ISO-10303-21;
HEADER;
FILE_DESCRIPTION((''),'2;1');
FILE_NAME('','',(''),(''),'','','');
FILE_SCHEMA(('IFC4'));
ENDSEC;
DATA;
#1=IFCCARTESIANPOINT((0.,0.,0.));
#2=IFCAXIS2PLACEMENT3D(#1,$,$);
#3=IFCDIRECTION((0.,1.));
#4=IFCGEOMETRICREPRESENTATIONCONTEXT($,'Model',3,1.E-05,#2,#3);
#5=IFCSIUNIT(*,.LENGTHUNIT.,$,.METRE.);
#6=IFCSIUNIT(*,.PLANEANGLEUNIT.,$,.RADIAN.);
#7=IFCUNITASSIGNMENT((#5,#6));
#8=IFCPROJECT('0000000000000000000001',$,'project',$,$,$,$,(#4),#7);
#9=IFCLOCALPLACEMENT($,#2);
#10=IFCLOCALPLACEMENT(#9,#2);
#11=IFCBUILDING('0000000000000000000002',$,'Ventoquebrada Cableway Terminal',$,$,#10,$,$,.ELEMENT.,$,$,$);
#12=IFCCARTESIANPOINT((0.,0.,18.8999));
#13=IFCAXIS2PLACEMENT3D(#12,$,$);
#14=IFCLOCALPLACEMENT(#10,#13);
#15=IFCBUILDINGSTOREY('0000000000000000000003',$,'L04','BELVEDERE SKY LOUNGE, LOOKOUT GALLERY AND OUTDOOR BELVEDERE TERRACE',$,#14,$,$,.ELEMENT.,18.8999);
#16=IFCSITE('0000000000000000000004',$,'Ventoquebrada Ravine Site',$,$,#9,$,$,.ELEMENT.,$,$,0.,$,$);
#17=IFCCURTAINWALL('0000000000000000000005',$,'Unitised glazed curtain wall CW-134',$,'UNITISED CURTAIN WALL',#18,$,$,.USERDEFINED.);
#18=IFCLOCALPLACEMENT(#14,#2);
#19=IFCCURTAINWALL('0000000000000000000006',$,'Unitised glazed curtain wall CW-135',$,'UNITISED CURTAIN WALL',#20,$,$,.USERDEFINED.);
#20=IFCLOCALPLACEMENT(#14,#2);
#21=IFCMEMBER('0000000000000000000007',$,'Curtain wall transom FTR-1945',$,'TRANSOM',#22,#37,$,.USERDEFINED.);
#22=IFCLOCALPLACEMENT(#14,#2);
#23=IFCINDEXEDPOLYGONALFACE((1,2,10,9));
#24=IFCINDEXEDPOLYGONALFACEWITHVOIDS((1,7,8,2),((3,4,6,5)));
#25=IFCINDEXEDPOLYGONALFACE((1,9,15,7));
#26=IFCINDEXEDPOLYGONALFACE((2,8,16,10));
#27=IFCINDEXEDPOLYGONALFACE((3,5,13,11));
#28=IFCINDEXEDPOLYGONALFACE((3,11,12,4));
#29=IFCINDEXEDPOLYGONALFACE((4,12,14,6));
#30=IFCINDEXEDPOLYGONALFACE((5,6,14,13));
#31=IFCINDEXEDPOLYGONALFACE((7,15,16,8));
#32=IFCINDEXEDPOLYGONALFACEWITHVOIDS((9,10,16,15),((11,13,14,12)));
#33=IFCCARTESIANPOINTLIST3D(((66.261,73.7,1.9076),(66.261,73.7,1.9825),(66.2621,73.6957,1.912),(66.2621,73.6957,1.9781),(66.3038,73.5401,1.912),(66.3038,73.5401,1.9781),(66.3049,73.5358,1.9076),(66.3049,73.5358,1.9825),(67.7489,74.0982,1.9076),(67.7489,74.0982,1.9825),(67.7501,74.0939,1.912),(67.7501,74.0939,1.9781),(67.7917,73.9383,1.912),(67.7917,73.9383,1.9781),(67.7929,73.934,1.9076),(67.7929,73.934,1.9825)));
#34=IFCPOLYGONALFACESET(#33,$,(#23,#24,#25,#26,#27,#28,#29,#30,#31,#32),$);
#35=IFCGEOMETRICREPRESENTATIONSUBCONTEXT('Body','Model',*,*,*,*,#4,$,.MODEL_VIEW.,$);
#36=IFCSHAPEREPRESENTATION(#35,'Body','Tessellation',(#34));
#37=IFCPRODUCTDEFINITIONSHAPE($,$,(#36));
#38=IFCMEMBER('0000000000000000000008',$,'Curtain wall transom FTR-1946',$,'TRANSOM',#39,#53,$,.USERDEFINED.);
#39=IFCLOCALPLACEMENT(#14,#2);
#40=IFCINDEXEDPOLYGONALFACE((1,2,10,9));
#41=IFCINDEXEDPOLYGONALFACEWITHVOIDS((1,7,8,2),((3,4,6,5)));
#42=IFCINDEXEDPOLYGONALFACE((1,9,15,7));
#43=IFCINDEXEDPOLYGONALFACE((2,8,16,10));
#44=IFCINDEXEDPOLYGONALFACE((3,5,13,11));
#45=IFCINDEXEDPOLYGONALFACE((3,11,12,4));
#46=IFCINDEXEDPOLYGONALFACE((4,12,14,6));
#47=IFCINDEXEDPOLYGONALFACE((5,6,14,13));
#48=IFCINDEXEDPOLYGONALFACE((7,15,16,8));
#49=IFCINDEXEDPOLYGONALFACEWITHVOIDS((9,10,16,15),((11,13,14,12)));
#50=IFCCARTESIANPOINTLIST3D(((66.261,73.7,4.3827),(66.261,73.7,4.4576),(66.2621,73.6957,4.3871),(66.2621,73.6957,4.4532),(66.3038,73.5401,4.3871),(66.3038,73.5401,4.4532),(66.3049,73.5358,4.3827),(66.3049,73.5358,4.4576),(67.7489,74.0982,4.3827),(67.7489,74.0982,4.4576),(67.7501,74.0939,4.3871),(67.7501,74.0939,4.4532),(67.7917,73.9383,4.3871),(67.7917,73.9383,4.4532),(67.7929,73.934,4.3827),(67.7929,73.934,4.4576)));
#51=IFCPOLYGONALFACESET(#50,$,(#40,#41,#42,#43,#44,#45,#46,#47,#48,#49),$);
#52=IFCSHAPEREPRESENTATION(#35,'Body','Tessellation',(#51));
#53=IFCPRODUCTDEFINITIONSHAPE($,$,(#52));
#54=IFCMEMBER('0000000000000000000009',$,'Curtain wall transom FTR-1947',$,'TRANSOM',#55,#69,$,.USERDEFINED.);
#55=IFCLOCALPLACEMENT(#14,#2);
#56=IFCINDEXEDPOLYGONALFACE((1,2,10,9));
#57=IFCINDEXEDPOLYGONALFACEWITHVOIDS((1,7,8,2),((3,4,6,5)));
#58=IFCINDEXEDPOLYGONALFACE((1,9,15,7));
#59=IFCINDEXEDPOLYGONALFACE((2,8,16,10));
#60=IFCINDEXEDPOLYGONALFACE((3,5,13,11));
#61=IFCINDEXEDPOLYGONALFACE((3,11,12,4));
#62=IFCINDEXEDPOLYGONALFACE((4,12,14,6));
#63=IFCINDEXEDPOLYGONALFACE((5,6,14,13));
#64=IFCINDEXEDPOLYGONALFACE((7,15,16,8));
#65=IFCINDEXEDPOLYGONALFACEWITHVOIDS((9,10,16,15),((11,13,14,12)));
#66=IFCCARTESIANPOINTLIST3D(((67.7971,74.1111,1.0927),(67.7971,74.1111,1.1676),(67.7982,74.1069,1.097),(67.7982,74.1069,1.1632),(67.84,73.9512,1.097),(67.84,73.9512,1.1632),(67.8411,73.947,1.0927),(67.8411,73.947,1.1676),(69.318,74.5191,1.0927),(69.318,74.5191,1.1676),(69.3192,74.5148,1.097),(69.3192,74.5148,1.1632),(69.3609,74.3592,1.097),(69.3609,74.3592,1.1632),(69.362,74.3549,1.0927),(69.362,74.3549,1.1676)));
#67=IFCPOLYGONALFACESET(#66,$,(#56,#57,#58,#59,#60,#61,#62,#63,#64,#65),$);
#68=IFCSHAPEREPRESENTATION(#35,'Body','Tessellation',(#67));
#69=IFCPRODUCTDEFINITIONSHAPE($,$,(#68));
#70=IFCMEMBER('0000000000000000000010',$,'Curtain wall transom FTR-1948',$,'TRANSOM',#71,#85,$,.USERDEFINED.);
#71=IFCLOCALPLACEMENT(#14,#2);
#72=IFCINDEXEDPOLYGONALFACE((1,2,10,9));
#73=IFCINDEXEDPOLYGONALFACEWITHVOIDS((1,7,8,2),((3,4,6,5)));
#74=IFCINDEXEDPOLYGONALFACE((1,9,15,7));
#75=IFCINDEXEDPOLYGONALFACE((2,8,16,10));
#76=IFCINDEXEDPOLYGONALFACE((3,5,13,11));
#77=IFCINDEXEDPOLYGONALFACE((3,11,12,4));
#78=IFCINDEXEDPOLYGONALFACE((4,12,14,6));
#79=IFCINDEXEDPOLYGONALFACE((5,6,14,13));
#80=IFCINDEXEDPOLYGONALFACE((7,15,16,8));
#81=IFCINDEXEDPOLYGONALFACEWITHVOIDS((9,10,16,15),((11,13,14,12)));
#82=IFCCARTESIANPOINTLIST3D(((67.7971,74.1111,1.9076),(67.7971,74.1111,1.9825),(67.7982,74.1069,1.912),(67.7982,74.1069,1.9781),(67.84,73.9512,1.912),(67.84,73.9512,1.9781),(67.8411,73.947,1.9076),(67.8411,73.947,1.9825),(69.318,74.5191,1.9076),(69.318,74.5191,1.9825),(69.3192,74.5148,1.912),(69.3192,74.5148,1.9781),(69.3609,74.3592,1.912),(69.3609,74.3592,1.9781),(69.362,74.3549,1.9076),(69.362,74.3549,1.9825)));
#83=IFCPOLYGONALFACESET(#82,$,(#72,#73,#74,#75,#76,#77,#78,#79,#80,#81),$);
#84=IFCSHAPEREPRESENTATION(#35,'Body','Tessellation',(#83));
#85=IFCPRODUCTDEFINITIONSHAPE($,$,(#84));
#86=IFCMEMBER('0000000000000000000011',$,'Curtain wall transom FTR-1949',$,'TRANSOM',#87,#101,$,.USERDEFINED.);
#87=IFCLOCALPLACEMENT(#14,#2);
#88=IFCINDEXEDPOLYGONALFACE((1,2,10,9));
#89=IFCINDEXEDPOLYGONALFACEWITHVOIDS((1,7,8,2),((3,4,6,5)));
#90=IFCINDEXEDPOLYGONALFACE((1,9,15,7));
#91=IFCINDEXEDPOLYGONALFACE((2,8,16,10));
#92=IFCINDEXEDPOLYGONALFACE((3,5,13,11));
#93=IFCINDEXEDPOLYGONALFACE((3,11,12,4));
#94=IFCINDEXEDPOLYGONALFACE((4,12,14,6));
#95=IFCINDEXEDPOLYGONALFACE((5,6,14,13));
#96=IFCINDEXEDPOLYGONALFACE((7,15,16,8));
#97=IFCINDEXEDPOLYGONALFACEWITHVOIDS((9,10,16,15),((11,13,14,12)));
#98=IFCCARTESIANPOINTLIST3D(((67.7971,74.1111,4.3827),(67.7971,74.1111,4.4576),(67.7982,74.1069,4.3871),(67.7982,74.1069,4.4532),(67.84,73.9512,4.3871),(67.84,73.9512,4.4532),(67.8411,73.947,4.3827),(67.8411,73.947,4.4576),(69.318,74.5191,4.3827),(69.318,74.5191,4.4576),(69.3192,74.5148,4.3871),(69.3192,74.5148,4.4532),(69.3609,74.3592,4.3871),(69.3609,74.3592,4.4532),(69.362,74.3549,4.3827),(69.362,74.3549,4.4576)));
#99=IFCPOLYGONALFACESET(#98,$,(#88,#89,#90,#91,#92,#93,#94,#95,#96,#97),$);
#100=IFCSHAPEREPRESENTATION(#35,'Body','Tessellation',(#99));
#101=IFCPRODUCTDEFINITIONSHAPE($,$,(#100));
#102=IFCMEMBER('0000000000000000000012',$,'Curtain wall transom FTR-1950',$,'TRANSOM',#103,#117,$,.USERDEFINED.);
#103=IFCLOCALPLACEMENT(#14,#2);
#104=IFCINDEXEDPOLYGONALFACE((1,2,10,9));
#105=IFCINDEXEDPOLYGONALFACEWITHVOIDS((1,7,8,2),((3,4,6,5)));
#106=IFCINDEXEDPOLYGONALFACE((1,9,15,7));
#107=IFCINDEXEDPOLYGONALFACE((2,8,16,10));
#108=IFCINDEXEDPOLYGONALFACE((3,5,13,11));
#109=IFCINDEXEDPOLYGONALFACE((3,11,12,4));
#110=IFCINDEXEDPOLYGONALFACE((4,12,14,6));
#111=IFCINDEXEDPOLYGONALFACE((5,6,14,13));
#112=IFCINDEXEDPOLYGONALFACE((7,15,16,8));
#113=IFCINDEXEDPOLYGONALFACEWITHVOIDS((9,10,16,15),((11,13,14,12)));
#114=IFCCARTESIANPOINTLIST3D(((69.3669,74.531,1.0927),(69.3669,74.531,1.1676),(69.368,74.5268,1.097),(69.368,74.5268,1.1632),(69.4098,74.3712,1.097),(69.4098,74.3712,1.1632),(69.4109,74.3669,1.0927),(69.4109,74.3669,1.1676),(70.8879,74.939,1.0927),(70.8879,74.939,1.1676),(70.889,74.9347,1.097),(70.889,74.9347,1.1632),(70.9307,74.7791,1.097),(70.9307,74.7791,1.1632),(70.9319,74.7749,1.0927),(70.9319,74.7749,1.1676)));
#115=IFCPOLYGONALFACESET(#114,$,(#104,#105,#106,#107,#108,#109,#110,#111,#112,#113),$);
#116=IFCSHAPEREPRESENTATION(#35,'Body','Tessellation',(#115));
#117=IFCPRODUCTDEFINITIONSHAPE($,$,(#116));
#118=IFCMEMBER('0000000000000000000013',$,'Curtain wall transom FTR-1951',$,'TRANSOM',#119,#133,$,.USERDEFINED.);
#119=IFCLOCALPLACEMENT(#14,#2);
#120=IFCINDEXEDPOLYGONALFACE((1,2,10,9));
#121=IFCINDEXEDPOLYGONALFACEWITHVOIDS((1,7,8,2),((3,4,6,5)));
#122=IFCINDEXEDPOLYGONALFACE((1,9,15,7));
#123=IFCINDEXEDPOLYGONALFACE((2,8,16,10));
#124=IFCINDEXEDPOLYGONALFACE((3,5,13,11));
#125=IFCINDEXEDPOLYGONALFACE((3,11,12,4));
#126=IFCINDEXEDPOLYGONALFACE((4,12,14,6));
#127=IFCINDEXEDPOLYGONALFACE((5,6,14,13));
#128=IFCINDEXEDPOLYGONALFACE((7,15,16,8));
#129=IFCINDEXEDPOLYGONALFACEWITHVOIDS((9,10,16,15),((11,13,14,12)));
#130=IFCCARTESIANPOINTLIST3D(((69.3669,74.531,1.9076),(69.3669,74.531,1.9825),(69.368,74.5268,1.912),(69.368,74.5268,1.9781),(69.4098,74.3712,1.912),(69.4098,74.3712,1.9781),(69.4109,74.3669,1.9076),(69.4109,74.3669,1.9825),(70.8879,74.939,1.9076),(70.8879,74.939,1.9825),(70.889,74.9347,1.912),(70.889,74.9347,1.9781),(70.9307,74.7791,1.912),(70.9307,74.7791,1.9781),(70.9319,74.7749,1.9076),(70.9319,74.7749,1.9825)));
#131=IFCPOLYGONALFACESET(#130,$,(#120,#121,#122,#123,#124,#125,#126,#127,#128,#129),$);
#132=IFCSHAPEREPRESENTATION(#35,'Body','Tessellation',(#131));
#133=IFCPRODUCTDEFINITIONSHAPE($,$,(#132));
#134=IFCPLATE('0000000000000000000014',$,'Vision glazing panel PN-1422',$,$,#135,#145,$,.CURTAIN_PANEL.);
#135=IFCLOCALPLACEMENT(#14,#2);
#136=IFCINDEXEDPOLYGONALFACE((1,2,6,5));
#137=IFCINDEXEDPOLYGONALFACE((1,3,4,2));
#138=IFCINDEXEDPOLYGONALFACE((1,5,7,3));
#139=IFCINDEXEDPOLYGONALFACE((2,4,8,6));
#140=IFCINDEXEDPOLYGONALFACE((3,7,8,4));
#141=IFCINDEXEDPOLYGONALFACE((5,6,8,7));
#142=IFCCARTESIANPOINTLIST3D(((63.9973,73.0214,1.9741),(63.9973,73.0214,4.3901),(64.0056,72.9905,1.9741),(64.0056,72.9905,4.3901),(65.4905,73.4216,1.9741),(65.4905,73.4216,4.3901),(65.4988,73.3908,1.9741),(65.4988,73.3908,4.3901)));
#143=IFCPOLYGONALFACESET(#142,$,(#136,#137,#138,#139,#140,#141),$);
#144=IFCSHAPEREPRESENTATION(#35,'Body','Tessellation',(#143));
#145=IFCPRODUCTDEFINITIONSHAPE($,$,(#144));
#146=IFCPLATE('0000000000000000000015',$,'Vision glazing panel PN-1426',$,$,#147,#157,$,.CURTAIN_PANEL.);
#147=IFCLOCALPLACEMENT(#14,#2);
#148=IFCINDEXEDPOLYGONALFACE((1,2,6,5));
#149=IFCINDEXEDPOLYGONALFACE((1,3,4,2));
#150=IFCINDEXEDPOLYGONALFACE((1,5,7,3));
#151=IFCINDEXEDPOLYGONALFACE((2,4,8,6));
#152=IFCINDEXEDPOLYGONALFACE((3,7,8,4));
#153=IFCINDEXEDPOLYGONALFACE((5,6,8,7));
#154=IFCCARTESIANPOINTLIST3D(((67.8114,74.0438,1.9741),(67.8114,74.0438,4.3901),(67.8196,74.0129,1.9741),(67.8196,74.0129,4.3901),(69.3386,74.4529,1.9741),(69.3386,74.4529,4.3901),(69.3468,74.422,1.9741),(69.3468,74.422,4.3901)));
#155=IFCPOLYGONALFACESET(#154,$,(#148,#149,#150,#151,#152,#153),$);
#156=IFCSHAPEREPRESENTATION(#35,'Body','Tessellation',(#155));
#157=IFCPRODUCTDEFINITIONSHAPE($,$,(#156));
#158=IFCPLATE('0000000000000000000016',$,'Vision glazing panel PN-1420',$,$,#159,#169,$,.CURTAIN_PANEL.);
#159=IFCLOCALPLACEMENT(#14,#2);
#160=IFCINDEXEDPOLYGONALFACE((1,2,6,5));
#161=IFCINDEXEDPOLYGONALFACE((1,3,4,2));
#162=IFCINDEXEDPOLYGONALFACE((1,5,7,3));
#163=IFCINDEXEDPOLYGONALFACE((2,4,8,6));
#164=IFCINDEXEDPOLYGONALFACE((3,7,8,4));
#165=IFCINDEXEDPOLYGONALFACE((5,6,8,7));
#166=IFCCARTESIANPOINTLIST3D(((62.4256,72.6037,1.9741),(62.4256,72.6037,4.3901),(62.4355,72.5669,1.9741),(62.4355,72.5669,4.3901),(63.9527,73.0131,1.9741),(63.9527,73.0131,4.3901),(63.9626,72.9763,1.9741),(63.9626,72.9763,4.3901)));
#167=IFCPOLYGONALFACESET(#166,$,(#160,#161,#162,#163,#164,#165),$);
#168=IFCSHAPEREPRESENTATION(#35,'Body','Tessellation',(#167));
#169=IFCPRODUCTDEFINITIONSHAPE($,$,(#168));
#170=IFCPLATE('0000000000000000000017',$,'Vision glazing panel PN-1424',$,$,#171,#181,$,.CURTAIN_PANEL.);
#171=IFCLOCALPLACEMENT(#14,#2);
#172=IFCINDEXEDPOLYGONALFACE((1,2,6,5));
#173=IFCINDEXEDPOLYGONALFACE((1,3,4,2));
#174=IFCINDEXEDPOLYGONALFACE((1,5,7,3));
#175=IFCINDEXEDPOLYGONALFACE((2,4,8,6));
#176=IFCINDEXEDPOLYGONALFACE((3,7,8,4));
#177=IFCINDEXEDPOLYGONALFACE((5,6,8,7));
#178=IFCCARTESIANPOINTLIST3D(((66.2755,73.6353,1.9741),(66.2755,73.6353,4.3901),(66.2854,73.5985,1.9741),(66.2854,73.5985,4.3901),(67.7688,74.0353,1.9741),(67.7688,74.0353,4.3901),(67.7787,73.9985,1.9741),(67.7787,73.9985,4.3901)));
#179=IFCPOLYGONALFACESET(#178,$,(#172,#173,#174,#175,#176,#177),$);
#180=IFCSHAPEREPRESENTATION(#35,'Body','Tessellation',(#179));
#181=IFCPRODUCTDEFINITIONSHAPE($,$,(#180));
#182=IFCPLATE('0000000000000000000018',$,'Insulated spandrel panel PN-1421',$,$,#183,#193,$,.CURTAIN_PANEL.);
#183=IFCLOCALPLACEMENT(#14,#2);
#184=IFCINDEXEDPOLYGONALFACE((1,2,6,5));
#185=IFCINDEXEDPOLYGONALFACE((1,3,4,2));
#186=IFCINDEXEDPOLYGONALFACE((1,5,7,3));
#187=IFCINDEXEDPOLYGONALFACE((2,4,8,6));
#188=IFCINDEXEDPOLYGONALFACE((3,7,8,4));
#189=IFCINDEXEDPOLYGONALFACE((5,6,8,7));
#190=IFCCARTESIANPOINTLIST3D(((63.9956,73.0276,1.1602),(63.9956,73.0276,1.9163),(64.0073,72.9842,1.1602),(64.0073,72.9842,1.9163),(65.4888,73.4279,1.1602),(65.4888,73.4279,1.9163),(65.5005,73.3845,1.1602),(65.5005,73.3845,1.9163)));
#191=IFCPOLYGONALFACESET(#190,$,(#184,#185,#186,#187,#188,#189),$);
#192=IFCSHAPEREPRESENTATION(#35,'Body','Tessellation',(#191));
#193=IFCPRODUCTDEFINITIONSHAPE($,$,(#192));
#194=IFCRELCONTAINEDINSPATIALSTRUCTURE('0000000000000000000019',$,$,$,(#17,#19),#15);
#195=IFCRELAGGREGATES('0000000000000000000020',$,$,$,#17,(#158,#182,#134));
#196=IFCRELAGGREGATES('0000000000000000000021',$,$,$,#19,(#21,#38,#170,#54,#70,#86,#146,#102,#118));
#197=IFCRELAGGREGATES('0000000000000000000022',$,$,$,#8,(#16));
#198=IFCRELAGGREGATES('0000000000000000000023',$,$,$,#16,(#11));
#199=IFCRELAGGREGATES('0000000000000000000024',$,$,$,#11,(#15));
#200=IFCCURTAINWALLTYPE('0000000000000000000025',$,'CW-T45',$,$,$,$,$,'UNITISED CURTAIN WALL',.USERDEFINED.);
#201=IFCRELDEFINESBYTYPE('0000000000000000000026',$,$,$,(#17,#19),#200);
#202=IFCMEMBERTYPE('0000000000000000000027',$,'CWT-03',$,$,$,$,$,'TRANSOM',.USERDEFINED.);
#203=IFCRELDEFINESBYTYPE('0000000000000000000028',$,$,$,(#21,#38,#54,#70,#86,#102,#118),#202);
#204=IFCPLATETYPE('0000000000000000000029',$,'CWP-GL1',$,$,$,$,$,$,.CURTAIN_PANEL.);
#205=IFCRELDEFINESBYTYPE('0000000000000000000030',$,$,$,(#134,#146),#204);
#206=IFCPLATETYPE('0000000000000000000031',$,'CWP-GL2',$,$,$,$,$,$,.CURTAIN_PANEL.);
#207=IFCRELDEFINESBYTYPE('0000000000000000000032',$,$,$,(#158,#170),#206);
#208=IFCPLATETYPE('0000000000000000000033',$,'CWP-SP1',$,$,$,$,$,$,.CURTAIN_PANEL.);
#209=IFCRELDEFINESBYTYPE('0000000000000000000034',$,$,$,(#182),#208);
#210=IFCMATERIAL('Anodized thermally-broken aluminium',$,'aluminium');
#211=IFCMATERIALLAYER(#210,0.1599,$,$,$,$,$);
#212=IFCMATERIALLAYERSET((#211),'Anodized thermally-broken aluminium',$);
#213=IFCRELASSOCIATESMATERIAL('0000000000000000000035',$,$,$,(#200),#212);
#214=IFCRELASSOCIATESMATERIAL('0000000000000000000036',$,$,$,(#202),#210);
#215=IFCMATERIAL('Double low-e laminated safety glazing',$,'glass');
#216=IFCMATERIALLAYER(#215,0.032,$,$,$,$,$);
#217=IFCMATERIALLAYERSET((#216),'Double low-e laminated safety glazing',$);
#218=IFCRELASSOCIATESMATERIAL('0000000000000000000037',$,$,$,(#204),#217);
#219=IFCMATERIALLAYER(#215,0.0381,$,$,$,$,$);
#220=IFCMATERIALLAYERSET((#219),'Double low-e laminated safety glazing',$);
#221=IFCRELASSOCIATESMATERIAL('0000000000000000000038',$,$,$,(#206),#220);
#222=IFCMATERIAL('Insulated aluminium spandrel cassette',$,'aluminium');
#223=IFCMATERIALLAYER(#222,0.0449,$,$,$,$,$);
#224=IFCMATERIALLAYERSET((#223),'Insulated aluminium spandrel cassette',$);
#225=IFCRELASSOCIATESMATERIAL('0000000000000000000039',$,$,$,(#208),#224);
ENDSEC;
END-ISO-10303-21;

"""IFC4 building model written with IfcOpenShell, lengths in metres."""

from ifc_helpers import new_model, si_unit, direction, frame, origin, origin_2d, place, context, subcontext, project, spatial, rectangle, hollow_rectangle, extrude, material, layer, layer_set, material_profile, profile_set, type_object, element, aggregate, save


model = new_model("IFC4")

# Units and contexts
model_context = context("Model", 3, precision=1e-05, world=origin(), true_north=direction((0.0, 1.0)))
body_context = subcontext(model_context, "Body", "Model", "MODEL_VIEW")
ifc_project = project(units=[si_unit("LENGTHUNIT", "METRE"), si_unit("PLANEANGLEUNIT", "RADIAN")], contexts=[model_context])

# Site, building, storey
site_placement = place(None, origin())
site = spatial("IfcSite", under=ifc_project, at=site_placement, Name="Ventoquebrada Ravine Site", CompositionType="ELEMENT", RefElevation=0.0)
building_placement = place(site_placement, origin())
building = spatial("IfcBuilding", under=site, at=building_placement, Name="Ventoquebrada Cableway Terminal", CompositionType="ELEMENT")
storey_placement = place(building_placement, frame((0.0, 0.0, 18.8999)))
storey = spatial("IfcBuildingStorey", under=building, at=storey_placement, Name="L04", Description="BELVEDERE SKY LOUNGE, LOOKOUT GALLERY AND OUTDOOR BELVEDERE TERRACE", CompositionType="ELEMENT", Elevation=18.8999)

# Curtain walls
ifc_material_1 = material(Name="Anodized thermally-broken aluminium", Category="aluminium")
ifc_layer_1 = layer(ifc_material_1, 0.1599)
ifc_layer_set_1 = layer_set([ifc_layer_1], Name="Anodized thermally-broken aluminium")
curtain_wall_type = type_object("IfcCurtainWallType", Name="CW-T45", ElementType="UNITISED CURTAIN WALL", PredefinedType="USERDEFINED", material=ifc_layer_set_1)
curtain_wall_1_placement = place(storey_placement, origin())
curtain_wall_1 = element("IfcCurtainWall", 1, at=curtain_wall_1_placement, inside=storey, type_object=curtain_wall_type, Name="Unitised glazed curtain wall CW-134", ObjectType="UNITISED CURTAIN WALL", PredefinedType="USERDEFINED")
curtain_wall_2_placement = place(storey_placement, origin())
curtain_wall_2 = element("IfcCurtainWall", 2, at=curtain_wall_2_placement, inside=storey, type_object=curtain_wall_type, Name="Unitised glazed curtain wall CW-135", ObjectType="UNITISED CURTAIN WALL", PredefinedType="USERDEFINED")

# Members
ifc_material_profile_1 = material_profile(ifc_material_1, hollow_rectangle(XDim=0.075, YDim=0.1699, WallThickness=0.0044, at=origin_2d()), Name="CW-TRN-75X170")
ifc_profile_set_1 = profile_set([ifc_material_profile_1], Name="Anodized thermally-broken aluminium")
member_type_1 = type_object("IfcMemberType", Name="CWT-03", ElementType="TRANSOM", PredefinedType="USERDEFINED", material=ifc_profile_set_1)
member_1_placement = place(storey_placement, frame((66.283, 73.6179, 1.9451), z_axis=(0.966011, 0.258501, 0.0), x_axis=(0.0, 0.0, 1.0)))
member_1 = element("IfcMember", 3, at=member_1_placement, type_object=member_type_1, Name="Curtain wall transom FTR-1945", ObjectType="TRANSOM", PredefinedType="USERDEFINED", context=body_context, shape_type="SweptSolid", body=[
    extrude(hollow_rectangle(XDim=0.075, YDim=0.1699, WallThickness=0.0044, at=origin_2d()), origin(), (0.0, 0.0, 1.0), 1.5403),
])
member_2_placement = place(storey_placement, frame((66.283, 73.6179, 4.4202), z_axis=(0.966011, 0.258501, 0.0), x_axis=(0.0, 0.0, 1.0)))
member_2 = element("IfcMember", 4, at=member_2_placement, type_object=member_type_1, Name="Curtain wall transom FTR-1946", ObjectType="TRANSOM", PredefinedType="USERDEFINED", context=body_context, shape_type="SweptSolid", body=[
    extrude(hollow_rectangle(XDim=0.075, YDim=0.1699, WallThickness=0.0044, at=origin_2d()), origin(), (0.0, 0.0, 1.0), 1.5403),
])
member_3_placement = place(storey_placement, frame((67.8191, 74.0291, 1.1301), z_axis=(0.965861, 0.259062, 0.0), x_axis=(0.0, 0.0, 1.0)))
member_3 = element("IfcMember", 5, at=member_3_placement, type_object=member_type_1, Name="Curtain wall transom FTR-1947", ObjectType="TRANSOM", PredefinedType="USERDEFINED", context=body_context, shape_type="SweptSolid", body=[
    extrude(hollow_rectangle(XDim=0.075, YDim=0.1699, WallThickness=0.0044, at=origin_2d()), origin(), (0.0, 0.0, 1.0), 1.5747),
])
member_4_placement = place(storey_placement, frame((67.8191, 74.0291, 1.9451), z_axis=(0.965861, 0.259062, 0.0), x_axis=(0.0, 0.0, 1.0)))
member_4 = element("IfcMember", 6, at=member_4_placement, type_object=member_type_1, Name="Curtain wall transom FTR-1948", ObjectType="TRANSOM", PredefinedType="USERDEFINED", context=body_context, shape_type="SweptSolid", body=[
    extrude(hollow_rectangle(XDim=0.075, YDim=0.1699, WallThickness=0.0044, at=origin_2d()), origin(), (0.0, 0.0, 1.0), 1.5747),
])
member_5_placement = place(storey_placement, frame((67.8191, 74.0291, 4.4202), z_axis=(0.965861, 0.259062, 0.0), x_axis=(0.0, 0.0, 1.0)))
member_5 = element("IfcMember", 7, at=member_5_placement, type_object=member_type_1, Name="Curtain wall transom FTR-1949", ObjectType="TRANSOM", PredefinedType="USERDEFINED", context=body_context, shape_type="SweptSolid", body=[
    extrude(hollow_rectangle(XDim=0.075, YDim=0.1699, WallThickness=0.0044, at=origin_2d()), origin(), (0.0, 0.0, 1.0), 1.5747),
])
member_6_placement = place(storey_placement, frame((69.3889, 74.449, 1.1301), z_axis=(0.965861, 0.259062, 0.0), x_axis=(0.0, 0.0, 1.0)))
member_6 = element("IfcMember", 8, at=member_6_placement, type_object=member_type_1, Name="Curtain wall transom FTR-1950", ObjectType="TRANSOM", PredefinedType="USERDEFINED", context=body_context, shape_type="SweptSolid", body=[
    extrude(hollow_rectangle(XDim=0.075, YDim=0.1699, WallThickness=0.0044, at=origin_2d()), origin(), (0.0, 0.0, 1.0), 1.5747),
])
member_7_placement = place(storey_placement, frame((69.3889, 74.449, 1.9451), z_axis=(0.965861, 0.259062, 0.0), x_axis=(0.0, 0.0, 1.0)))
member_7 = element("IfcMember", 9, at=member_7_placement, type_object=member_type_1, Name="Curtain wall transom FTR-1951", ObjectType="TRANSOM", PredefinedType="USERDEFINED", context=body_context, shape_type="SweptSolid", body=[
    extrude(hollow_rectangle(XDim=0.075, YDim=0.1699, WallThickness=0.0044, at=origin_2d()), origin(), (0.0, 0.0, 1.0), 1.5747),
])

# Plates
ifc_material_2 = material(Name="Double low-e laminated safety glazing", Category="glass")
ifc_layer_2 = layer(ifc_material_2, 0.032)
ifc_layer_set_2 = layer_set([ifc_layer_2], Name="Double low-e laminated safety glazing")
plate_type_1 = type_object("IfcPlateType", Name="CWP-GL1", PredefinedType="CURTAIN_PANEL", material=ifc_layer_set_2)
plate_1_placement = place(storey_placement, frame((64.748, 73.2061, 1.9741), z_axis=(0.0, 0.0, 1.0), x_axis=(0.965894, 0.258937, 0.0)))
plate_1 = element("IfcPlate", 10, at=plate_1_placement, type_object=plate_type_1, Name="Vision glazing panel PN-1422", PredefinedType="CURTAIN_PANEL", context=body_context, shape_type="SweptSolid", body=[
    extrude(rectangle(XDim=1.5459, YDim=0.032, at=origin_2d()), origin(), (0.0, 0.0, 1.0), 2.416),
])
plate_2_placement = place(storey_placement, frame((68.5791, 74.2329, 1.9741), z_axis=(0.0, 0.0, 1.0), x_axis=(0.965944, 0.258752, 0.0)))
plate_2 = element("IfcPlate", 11, at=plate_2_placement, type_object=plate_type_1, Name="Vision glazing panel PN-1426", PredefinedType="CURTAIN_PANEL", context=body_context, shape_type="SweptSolid", body=[
    extrude(rectangle(XDim=1.5811, YDim=0.032, at=origin_2d()), origin(), (0.0, 0.0, 1.0), 2.416),
])
ifc_layer_3 = layer(ifc_material_2, 0.0381)
ifc_layer_set_3 = layer_set([ifc_layer_3], Name="Double low-e laminated safety glazing")
plate_type_2 = type_object("IfcPlateType", Name="CWP-GL2", PredefinedType="CURTAIN_PANEL", material=ifc_layer_set_3)
plate_3_placement = place(storey_placement, frame((63.1941, 72.79, 1.9741), z_axis=(0.0, 0.0, 1.0), x_axis=(0.965894, 0.258937, 0.0)))
plate_3 = element("IfcPlate", 12, at=plate_3_placement, type_object=plate_type_2, Name="Vision glazing panel PN-1420", PredefinedType="CURTAIN_PANEL", context=body_context, shape_type="SweptSolid", body=[
    extrude(rectangle(XDim=1.5811, YDim=0.0381, at=origin_2d()), origin(), (0.0, 0.0, 1.0), 2.416),
])
plate_4_placement = place(storey_placement, frame((67.0271, 73.8169, 1.9741), z_axis=(0.0, 0.0, 1.0), x_axis=(0.965944, 0.258752, 0.0)))
plate_4 = element("IfcPlate", 13, at=plate_4_placement, type_object=plate_type_2, Name="Vision glazing panel PN-1424", PredefinedType="CURTAIN_PANEL", context=body_context, shape_type="SweptSolid", body=[
    extrude(rectangle(XDim=1.5459, YDim=0.0381, at=origin_2d()), origin(), (0.0, 0.0, 1.0), 2.416),
])
ifc_material_3 = material(Name="Insulated aluminium spandrel cassette", Category="aluminium")
ifc_layer_4 = layer(ifc_material_3, 0.0449)
ifc_layer_set_4 = layer_set([ifc_layer_4], Name="Insulated aluminium spandrel cassette")
plate_type_3 = type_object("IfcPlateType", Name="CWP-SP1", PredefinedType="CURTAIN_PANEL", material=ifc_layer_set_4)
plate_5_placement = place(storey_placement, frame((64.748, 73.2061, 1.1602), z_axis=(0.0, 0.0, 1.0), x_axis=(0.965894, 0.258937, 0.0)))
plate_5 = element("IfcPlate", 14, at=plate_5_placement, type_object=plate_type_3, Name="Insulated spandrel panel PN-1421", PredefinedType="CURTAIN_PANEL", context=body_context, shape_type="SweptSolid", body=[
    extrude(rectangle(XDim=1.5459, YDim=0.0449, at=origin_2d()), origin(), (0.0, 0.0, 1.0), 0.7561),
])
aggregate(curtain_wall_1, [plate_3, plate_5, plate_1])
aggregate(curtain_wall_2, [member_1, member_2, plate_4, member_3, member_4, member_5, plate_2, member_6, member_7])

save(model, "model.ifc")
